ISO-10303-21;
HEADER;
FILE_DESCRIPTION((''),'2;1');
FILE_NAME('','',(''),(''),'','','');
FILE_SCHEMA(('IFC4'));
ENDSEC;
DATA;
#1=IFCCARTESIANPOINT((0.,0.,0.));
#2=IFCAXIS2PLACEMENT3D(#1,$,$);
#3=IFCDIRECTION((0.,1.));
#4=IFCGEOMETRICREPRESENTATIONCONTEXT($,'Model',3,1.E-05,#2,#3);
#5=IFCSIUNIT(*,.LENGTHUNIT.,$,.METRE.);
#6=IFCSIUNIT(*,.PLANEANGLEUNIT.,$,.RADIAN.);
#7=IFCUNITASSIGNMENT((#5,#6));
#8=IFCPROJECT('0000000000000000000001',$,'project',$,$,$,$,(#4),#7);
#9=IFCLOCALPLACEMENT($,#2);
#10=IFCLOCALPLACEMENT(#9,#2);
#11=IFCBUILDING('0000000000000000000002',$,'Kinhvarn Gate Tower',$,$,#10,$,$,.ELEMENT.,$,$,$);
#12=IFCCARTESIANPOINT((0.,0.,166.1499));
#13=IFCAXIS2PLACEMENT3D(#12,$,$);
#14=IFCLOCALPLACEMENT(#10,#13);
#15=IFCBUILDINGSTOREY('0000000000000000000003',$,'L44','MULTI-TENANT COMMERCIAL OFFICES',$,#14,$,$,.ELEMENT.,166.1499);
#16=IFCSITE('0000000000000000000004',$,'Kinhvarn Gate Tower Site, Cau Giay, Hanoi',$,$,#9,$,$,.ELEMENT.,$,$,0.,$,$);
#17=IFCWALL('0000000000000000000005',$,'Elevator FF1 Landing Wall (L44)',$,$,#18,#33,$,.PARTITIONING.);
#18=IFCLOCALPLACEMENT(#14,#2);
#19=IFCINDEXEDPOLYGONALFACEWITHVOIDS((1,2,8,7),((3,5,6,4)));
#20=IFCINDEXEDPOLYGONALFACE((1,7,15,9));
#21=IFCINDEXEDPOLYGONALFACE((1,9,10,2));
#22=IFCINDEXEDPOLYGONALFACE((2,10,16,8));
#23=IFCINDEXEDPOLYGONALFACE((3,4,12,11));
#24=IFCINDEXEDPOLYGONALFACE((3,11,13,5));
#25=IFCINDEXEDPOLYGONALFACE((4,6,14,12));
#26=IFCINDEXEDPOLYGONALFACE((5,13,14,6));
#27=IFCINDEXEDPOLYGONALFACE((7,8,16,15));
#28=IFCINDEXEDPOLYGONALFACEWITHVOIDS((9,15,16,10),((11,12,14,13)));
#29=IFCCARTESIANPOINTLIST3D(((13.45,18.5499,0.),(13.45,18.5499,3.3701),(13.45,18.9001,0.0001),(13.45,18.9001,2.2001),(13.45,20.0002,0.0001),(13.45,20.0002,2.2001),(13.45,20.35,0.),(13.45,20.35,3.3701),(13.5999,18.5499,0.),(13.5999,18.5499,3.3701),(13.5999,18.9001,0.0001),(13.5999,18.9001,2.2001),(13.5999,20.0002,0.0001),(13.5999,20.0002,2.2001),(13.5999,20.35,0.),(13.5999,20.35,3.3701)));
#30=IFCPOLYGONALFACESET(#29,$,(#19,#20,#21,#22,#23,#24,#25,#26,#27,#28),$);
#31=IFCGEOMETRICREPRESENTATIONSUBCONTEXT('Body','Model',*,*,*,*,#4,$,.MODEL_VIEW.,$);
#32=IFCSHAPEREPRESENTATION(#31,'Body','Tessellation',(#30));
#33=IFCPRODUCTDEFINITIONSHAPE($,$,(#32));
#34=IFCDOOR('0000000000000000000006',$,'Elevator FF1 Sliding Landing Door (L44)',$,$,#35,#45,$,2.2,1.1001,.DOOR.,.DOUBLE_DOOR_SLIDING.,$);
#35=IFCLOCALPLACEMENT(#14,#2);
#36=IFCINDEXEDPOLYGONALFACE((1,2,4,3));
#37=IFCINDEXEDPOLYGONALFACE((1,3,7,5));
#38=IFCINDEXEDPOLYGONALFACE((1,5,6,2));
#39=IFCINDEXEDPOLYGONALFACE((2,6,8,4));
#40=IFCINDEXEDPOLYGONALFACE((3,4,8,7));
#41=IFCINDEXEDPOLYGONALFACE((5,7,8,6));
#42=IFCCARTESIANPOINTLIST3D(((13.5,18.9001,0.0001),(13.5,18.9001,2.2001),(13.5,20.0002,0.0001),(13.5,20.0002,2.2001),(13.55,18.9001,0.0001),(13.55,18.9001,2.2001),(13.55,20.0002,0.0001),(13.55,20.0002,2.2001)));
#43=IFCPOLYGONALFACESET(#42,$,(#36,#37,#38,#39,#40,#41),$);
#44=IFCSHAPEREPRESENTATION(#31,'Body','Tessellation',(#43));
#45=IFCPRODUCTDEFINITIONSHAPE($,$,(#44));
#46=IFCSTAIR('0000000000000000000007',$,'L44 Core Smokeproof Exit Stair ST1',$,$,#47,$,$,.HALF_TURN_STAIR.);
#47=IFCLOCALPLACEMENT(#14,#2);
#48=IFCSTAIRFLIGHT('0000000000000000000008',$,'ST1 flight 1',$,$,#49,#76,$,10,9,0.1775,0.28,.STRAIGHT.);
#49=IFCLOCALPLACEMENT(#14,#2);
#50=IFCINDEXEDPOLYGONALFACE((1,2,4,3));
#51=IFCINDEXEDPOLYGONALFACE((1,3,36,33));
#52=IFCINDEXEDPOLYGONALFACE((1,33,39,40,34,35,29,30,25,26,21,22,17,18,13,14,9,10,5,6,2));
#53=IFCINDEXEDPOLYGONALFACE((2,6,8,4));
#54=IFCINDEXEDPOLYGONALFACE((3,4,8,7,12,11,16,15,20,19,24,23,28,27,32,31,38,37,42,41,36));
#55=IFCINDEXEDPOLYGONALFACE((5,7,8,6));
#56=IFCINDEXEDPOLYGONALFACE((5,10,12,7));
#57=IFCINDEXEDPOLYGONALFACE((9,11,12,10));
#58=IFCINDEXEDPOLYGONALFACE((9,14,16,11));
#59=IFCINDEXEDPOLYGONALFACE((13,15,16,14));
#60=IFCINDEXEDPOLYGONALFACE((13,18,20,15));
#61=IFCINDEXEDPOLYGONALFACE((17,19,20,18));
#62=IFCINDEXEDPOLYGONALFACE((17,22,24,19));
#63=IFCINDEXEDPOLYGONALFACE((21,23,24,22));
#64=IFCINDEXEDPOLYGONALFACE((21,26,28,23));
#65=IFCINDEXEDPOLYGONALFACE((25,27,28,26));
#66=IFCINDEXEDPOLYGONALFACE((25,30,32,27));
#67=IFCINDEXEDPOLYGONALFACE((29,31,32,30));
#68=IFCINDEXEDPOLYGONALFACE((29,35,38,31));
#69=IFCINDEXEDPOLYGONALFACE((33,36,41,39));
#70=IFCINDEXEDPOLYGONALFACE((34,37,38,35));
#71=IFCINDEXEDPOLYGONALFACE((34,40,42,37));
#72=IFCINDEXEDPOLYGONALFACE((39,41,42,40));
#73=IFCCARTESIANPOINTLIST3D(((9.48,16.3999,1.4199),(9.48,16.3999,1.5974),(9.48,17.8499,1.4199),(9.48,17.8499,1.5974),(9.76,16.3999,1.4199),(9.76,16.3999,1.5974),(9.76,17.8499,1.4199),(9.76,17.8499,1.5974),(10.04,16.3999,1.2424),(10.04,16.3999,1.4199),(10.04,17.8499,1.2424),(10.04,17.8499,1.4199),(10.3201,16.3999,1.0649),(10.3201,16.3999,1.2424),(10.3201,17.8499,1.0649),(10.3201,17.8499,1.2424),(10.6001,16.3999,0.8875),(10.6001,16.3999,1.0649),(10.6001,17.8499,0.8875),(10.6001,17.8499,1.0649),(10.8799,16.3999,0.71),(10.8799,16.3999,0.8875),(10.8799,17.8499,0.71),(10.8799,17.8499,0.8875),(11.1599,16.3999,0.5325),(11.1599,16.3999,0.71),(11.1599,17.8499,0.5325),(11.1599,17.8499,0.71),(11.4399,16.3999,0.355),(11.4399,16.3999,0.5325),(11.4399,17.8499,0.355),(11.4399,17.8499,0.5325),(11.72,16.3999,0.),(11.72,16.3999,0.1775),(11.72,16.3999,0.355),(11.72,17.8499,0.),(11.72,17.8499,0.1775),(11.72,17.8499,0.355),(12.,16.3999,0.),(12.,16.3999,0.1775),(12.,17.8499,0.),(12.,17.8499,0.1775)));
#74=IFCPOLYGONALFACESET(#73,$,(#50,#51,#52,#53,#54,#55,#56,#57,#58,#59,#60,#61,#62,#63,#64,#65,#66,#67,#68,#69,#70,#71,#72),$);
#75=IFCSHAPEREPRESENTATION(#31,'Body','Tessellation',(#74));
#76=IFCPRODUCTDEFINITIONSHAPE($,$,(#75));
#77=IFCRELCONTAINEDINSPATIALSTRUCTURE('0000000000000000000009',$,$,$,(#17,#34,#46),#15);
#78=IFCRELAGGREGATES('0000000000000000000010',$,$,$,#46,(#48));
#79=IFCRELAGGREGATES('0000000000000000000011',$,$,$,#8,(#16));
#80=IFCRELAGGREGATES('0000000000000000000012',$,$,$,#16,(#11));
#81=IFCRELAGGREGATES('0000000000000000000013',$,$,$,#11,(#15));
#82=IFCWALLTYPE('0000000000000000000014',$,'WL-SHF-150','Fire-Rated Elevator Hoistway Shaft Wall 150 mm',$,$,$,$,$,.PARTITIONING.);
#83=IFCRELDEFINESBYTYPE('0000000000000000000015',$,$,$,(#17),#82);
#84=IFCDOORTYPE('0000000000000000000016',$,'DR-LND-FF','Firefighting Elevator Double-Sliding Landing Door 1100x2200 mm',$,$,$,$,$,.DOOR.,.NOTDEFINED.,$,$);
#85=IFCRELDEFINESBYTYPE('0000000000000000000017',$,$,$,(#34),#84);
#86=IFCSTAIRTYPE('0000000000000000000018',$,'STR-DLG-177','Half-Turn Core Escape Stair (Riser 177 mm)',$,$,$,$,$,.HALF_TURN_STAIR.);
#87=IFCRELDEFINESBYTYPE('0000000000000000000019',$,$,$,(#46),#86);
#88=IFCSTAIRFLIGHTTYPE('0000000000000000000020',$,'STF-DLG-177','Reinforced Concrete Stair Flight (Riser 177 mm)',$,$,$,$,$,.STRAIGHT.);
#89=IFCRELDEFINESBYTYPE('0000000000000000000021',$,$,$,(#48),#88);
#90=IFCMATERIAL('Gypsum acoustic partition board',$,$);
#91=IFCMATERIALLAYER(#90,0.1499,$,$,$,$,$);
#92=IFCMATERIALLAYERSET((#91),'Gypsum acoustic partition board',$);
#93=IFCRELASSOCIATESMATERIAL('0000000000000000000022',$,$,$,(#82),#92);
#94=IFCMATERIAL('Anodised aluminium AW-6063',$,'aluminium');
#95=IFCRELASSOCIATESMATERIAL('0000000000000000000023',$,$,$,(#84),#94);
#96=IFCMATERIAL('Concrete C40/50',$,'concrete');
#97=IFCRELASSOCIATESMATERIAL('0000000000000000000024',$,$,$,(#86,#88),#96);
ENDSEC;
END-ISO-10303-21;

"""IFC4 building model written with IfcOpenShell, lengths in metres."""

from ifc_helpers import new_model, si_unit, direction, frame, frame_2d, origin, place, context, subcontext, project, spatial, polyline, rectangle, outline, extrude, material, layer, layer_set, type_object, element, fill, aggregate, save


model = new_model("IFC4")

# Units and contexts
model_context = context("Model", 3, precision=1e-05, world=origin(), true_north=direction((0.0, 1.0)))
body_context = subcontext(model_context, "Body", "Model", "MODEL_VIEW")
ifc_project = project(units=[si_unit("LENGTHUNIT", "METRE"), si_unit("PLANEANGLEUNIT", "RADIAN")], contexts=[model_context])

# Site, building, storey
site_placement = place(None, origin())
site = spatial("IfcSite", under=ifc_project, at=site_placement, Name="Kinhvarn Gate Tower Site, Cau Giay, Hanoi", CompositionType="ELEMENT", RefElevation=0.0)
building_placement = place(site_placement, origin())
building = spatial("IfcBuilding", under=site, at=building_placement, Name="Kinhvarn Gate Tower", CompositionType="ELEMENT")
storey_placement = place(building_placement, frame((0.0, 0.0, 166.1499)))
storey = spatial("IfcBuildingStorey", under=building, at=storey_placement, Name="L44", Description="MULTI-TENANT COMMERCIAL OFFICES", CompositionType="ELEMENT", Elevation=166.1499)

# Shared definitions
ifc_material_1 = material(Name="Anodised aluminium AW-6063", Category="aluminium")

# Shared definitions
ifc_material_2 = material(Name="Gypsum acoustic partition board")

# Shared definitions
ifc_layer_1 = layer(ifc_material_2, 0.1499)
ifc_layer_set_1 = layer_set([ifc_layer_1], Name="Gypsum acoustic partition board")
wall_type_1 = type_object("IfcWallType", Name="WL-SHF-150", Description="Fire-Rated Elevator Hoistway Shaft Wall 150 mm", PredefinedType="PARTITIONING", material=ifc_layer_set_1)

# Wall, opening, door
wall_1_placement = place(storey_placement, frame((13.5249, 18.55, 0.0), z_axis=(0.0, 0.0, 1.0), x_axis=(0.0, 1.0, 0.0)))
wall_1 = element("IfcWall", 1, at=wall_1_placement, inside=storey, type_object=wall_type_1, Name="Elevator FF1 Landing Wall (L44)", PredefinedType="PARTITIONING", context=body_context, shape_type="SweptSolid", body=[
    extrude(rectangle(XDim=1.8, YDim=0.1499, at=frame_2d((0.8999, 0.0))), origin(), (0.0, 0.0, 1.0), 3.3701),
])
opening_1_placement = place(wall_1_placement, frame((0.3501, 0.0, 0.0)))
opening_1 = element("IfcOpeningElement", 2, at=opening_1_placement, cuts=wall_1, PredefinedType="OPENING", context=body_context, shape_type="SweptSolid", body=[
    extrude(rectangle(XDim=1.1001, YDim=2.2, at=frame_2d((0.55, 1.1001))), frame((0.0, 0.085, 0.0), z_axis=(0.0, -1.0, 0.0), x_axis=(1.0, 0.0, 0.0)), (0.0, 0.0, 1.0), 0.1699),
])
door_type_1 = type_object("IfcDoorType", Name="DR-LND-FF", Description="Firefighting Elevator Double-Sliding Landing Door 1100x2200 mm", OperationType="NOTDEFINED", PredefinedType="DOOR", material=ifc_material_1)
door_1_placement = place(opening_1_placement, origin())
door_1 = element("IfcDoor", 3, at=door_1_placement, inside=storey, type_object=door_type_1, Name="Elevator FF1 Sliding Landing Door (L44)", OperationType="DOUBLE_DOOR_SLIDING", OverallHeight=2.2, OverallWidth=1.1001, PredefinedType="DOOR", context=body_context, shape_type="SweptSolid", body=[
    extrude(rectangle(XDim=1.1001, YDim=2.2, at=frame_2d((0.55, 1.1001))), frame((0.0, 0.0249, 0.0), z_axis=(0.0, -1.0, 0.0), x_axis=(1.0, 0.0, 0.0)), (0.0, 0.0, 1.0), 0.05),
])
fill(opening_1, door_1)
ifc_material_3 = material(Name="Concrete C40/50", Category="concrete")

# Stair, stair flight
stair_type = type_object("IfcStairType", Name="STR-DLG-177", Description="Half-Turn Core Escape Stair (Riser 177 mm)", PredefinedType="HALF_TURN_STAIR", material=ifc_material_3)
stair_placement = place(storey_placement, origin())
stair = element("IfcStair", 4, at=stair_placement, inside=storey, type_object=stair_type, Name="L44 Core Smokeproof Exit Stair ST1", PredefinedType="HALF_TURN_STAIR")
stair_flight_type = type_object("IfcStairFlightType", Name="STF-DLG-177", Description="Reinforced Concrete Stair Flight (Riser 177 mm)", PredefinedType="STRAIGHT", material=ifc_material_3)
stair_flight_placement = place(storey_placement, frame((12.0, 17.125, 0.0), z_axis=(0.0, 0.0, 1.0), x_axis=(-1.0, 0.0, 0.0)))
stair_flight = element("IfcStairFlight", 5, at=stair_flight_placement, type_object=stair_flight_type, Name="ST1 flight 1", NumberOfRisers=10, NumberOfTreads=9, PredefinedType="STRAIGHT", RiserHeight=0.1775, TreadLength=0.28, context=body_context, shape_type="SweptSolid", body=[
    extrude(outline(polyline([(0.0, 0.0), (0.0, 0.1775), (0.28, 0.1775), (0.28, 0.355), (0.5601, 0.355), (0.5601, 0.5325), (0.8401, 0.5325), (0.8401, 0.71), (1.1201, 0.71), (1.1201, 0.8875), (1.3999, 0.8875), (1.3999, 1.0649), (1.6799, 1.0649), (1.6799, 1.2424), (1.96, 1.2424), (1.96, 1.4199), (2.24, 1.4199), (2.24, 1.5974), (2.52, 1.5974), (2.52, 1.7749), (2.52, 1.4199), (0.28, 0.0), (0.0, 0.0)])), frame((0.0, 0.7251, 0.0), z_axis=(0.0, -1.0, 0.0), x_axis=(1.0, 0.0, 0.0)), (0.0, 0.0, 1.0), 1.45),
])
aggregate(stair, [stair_flight])

save(model, "model.ifc")
